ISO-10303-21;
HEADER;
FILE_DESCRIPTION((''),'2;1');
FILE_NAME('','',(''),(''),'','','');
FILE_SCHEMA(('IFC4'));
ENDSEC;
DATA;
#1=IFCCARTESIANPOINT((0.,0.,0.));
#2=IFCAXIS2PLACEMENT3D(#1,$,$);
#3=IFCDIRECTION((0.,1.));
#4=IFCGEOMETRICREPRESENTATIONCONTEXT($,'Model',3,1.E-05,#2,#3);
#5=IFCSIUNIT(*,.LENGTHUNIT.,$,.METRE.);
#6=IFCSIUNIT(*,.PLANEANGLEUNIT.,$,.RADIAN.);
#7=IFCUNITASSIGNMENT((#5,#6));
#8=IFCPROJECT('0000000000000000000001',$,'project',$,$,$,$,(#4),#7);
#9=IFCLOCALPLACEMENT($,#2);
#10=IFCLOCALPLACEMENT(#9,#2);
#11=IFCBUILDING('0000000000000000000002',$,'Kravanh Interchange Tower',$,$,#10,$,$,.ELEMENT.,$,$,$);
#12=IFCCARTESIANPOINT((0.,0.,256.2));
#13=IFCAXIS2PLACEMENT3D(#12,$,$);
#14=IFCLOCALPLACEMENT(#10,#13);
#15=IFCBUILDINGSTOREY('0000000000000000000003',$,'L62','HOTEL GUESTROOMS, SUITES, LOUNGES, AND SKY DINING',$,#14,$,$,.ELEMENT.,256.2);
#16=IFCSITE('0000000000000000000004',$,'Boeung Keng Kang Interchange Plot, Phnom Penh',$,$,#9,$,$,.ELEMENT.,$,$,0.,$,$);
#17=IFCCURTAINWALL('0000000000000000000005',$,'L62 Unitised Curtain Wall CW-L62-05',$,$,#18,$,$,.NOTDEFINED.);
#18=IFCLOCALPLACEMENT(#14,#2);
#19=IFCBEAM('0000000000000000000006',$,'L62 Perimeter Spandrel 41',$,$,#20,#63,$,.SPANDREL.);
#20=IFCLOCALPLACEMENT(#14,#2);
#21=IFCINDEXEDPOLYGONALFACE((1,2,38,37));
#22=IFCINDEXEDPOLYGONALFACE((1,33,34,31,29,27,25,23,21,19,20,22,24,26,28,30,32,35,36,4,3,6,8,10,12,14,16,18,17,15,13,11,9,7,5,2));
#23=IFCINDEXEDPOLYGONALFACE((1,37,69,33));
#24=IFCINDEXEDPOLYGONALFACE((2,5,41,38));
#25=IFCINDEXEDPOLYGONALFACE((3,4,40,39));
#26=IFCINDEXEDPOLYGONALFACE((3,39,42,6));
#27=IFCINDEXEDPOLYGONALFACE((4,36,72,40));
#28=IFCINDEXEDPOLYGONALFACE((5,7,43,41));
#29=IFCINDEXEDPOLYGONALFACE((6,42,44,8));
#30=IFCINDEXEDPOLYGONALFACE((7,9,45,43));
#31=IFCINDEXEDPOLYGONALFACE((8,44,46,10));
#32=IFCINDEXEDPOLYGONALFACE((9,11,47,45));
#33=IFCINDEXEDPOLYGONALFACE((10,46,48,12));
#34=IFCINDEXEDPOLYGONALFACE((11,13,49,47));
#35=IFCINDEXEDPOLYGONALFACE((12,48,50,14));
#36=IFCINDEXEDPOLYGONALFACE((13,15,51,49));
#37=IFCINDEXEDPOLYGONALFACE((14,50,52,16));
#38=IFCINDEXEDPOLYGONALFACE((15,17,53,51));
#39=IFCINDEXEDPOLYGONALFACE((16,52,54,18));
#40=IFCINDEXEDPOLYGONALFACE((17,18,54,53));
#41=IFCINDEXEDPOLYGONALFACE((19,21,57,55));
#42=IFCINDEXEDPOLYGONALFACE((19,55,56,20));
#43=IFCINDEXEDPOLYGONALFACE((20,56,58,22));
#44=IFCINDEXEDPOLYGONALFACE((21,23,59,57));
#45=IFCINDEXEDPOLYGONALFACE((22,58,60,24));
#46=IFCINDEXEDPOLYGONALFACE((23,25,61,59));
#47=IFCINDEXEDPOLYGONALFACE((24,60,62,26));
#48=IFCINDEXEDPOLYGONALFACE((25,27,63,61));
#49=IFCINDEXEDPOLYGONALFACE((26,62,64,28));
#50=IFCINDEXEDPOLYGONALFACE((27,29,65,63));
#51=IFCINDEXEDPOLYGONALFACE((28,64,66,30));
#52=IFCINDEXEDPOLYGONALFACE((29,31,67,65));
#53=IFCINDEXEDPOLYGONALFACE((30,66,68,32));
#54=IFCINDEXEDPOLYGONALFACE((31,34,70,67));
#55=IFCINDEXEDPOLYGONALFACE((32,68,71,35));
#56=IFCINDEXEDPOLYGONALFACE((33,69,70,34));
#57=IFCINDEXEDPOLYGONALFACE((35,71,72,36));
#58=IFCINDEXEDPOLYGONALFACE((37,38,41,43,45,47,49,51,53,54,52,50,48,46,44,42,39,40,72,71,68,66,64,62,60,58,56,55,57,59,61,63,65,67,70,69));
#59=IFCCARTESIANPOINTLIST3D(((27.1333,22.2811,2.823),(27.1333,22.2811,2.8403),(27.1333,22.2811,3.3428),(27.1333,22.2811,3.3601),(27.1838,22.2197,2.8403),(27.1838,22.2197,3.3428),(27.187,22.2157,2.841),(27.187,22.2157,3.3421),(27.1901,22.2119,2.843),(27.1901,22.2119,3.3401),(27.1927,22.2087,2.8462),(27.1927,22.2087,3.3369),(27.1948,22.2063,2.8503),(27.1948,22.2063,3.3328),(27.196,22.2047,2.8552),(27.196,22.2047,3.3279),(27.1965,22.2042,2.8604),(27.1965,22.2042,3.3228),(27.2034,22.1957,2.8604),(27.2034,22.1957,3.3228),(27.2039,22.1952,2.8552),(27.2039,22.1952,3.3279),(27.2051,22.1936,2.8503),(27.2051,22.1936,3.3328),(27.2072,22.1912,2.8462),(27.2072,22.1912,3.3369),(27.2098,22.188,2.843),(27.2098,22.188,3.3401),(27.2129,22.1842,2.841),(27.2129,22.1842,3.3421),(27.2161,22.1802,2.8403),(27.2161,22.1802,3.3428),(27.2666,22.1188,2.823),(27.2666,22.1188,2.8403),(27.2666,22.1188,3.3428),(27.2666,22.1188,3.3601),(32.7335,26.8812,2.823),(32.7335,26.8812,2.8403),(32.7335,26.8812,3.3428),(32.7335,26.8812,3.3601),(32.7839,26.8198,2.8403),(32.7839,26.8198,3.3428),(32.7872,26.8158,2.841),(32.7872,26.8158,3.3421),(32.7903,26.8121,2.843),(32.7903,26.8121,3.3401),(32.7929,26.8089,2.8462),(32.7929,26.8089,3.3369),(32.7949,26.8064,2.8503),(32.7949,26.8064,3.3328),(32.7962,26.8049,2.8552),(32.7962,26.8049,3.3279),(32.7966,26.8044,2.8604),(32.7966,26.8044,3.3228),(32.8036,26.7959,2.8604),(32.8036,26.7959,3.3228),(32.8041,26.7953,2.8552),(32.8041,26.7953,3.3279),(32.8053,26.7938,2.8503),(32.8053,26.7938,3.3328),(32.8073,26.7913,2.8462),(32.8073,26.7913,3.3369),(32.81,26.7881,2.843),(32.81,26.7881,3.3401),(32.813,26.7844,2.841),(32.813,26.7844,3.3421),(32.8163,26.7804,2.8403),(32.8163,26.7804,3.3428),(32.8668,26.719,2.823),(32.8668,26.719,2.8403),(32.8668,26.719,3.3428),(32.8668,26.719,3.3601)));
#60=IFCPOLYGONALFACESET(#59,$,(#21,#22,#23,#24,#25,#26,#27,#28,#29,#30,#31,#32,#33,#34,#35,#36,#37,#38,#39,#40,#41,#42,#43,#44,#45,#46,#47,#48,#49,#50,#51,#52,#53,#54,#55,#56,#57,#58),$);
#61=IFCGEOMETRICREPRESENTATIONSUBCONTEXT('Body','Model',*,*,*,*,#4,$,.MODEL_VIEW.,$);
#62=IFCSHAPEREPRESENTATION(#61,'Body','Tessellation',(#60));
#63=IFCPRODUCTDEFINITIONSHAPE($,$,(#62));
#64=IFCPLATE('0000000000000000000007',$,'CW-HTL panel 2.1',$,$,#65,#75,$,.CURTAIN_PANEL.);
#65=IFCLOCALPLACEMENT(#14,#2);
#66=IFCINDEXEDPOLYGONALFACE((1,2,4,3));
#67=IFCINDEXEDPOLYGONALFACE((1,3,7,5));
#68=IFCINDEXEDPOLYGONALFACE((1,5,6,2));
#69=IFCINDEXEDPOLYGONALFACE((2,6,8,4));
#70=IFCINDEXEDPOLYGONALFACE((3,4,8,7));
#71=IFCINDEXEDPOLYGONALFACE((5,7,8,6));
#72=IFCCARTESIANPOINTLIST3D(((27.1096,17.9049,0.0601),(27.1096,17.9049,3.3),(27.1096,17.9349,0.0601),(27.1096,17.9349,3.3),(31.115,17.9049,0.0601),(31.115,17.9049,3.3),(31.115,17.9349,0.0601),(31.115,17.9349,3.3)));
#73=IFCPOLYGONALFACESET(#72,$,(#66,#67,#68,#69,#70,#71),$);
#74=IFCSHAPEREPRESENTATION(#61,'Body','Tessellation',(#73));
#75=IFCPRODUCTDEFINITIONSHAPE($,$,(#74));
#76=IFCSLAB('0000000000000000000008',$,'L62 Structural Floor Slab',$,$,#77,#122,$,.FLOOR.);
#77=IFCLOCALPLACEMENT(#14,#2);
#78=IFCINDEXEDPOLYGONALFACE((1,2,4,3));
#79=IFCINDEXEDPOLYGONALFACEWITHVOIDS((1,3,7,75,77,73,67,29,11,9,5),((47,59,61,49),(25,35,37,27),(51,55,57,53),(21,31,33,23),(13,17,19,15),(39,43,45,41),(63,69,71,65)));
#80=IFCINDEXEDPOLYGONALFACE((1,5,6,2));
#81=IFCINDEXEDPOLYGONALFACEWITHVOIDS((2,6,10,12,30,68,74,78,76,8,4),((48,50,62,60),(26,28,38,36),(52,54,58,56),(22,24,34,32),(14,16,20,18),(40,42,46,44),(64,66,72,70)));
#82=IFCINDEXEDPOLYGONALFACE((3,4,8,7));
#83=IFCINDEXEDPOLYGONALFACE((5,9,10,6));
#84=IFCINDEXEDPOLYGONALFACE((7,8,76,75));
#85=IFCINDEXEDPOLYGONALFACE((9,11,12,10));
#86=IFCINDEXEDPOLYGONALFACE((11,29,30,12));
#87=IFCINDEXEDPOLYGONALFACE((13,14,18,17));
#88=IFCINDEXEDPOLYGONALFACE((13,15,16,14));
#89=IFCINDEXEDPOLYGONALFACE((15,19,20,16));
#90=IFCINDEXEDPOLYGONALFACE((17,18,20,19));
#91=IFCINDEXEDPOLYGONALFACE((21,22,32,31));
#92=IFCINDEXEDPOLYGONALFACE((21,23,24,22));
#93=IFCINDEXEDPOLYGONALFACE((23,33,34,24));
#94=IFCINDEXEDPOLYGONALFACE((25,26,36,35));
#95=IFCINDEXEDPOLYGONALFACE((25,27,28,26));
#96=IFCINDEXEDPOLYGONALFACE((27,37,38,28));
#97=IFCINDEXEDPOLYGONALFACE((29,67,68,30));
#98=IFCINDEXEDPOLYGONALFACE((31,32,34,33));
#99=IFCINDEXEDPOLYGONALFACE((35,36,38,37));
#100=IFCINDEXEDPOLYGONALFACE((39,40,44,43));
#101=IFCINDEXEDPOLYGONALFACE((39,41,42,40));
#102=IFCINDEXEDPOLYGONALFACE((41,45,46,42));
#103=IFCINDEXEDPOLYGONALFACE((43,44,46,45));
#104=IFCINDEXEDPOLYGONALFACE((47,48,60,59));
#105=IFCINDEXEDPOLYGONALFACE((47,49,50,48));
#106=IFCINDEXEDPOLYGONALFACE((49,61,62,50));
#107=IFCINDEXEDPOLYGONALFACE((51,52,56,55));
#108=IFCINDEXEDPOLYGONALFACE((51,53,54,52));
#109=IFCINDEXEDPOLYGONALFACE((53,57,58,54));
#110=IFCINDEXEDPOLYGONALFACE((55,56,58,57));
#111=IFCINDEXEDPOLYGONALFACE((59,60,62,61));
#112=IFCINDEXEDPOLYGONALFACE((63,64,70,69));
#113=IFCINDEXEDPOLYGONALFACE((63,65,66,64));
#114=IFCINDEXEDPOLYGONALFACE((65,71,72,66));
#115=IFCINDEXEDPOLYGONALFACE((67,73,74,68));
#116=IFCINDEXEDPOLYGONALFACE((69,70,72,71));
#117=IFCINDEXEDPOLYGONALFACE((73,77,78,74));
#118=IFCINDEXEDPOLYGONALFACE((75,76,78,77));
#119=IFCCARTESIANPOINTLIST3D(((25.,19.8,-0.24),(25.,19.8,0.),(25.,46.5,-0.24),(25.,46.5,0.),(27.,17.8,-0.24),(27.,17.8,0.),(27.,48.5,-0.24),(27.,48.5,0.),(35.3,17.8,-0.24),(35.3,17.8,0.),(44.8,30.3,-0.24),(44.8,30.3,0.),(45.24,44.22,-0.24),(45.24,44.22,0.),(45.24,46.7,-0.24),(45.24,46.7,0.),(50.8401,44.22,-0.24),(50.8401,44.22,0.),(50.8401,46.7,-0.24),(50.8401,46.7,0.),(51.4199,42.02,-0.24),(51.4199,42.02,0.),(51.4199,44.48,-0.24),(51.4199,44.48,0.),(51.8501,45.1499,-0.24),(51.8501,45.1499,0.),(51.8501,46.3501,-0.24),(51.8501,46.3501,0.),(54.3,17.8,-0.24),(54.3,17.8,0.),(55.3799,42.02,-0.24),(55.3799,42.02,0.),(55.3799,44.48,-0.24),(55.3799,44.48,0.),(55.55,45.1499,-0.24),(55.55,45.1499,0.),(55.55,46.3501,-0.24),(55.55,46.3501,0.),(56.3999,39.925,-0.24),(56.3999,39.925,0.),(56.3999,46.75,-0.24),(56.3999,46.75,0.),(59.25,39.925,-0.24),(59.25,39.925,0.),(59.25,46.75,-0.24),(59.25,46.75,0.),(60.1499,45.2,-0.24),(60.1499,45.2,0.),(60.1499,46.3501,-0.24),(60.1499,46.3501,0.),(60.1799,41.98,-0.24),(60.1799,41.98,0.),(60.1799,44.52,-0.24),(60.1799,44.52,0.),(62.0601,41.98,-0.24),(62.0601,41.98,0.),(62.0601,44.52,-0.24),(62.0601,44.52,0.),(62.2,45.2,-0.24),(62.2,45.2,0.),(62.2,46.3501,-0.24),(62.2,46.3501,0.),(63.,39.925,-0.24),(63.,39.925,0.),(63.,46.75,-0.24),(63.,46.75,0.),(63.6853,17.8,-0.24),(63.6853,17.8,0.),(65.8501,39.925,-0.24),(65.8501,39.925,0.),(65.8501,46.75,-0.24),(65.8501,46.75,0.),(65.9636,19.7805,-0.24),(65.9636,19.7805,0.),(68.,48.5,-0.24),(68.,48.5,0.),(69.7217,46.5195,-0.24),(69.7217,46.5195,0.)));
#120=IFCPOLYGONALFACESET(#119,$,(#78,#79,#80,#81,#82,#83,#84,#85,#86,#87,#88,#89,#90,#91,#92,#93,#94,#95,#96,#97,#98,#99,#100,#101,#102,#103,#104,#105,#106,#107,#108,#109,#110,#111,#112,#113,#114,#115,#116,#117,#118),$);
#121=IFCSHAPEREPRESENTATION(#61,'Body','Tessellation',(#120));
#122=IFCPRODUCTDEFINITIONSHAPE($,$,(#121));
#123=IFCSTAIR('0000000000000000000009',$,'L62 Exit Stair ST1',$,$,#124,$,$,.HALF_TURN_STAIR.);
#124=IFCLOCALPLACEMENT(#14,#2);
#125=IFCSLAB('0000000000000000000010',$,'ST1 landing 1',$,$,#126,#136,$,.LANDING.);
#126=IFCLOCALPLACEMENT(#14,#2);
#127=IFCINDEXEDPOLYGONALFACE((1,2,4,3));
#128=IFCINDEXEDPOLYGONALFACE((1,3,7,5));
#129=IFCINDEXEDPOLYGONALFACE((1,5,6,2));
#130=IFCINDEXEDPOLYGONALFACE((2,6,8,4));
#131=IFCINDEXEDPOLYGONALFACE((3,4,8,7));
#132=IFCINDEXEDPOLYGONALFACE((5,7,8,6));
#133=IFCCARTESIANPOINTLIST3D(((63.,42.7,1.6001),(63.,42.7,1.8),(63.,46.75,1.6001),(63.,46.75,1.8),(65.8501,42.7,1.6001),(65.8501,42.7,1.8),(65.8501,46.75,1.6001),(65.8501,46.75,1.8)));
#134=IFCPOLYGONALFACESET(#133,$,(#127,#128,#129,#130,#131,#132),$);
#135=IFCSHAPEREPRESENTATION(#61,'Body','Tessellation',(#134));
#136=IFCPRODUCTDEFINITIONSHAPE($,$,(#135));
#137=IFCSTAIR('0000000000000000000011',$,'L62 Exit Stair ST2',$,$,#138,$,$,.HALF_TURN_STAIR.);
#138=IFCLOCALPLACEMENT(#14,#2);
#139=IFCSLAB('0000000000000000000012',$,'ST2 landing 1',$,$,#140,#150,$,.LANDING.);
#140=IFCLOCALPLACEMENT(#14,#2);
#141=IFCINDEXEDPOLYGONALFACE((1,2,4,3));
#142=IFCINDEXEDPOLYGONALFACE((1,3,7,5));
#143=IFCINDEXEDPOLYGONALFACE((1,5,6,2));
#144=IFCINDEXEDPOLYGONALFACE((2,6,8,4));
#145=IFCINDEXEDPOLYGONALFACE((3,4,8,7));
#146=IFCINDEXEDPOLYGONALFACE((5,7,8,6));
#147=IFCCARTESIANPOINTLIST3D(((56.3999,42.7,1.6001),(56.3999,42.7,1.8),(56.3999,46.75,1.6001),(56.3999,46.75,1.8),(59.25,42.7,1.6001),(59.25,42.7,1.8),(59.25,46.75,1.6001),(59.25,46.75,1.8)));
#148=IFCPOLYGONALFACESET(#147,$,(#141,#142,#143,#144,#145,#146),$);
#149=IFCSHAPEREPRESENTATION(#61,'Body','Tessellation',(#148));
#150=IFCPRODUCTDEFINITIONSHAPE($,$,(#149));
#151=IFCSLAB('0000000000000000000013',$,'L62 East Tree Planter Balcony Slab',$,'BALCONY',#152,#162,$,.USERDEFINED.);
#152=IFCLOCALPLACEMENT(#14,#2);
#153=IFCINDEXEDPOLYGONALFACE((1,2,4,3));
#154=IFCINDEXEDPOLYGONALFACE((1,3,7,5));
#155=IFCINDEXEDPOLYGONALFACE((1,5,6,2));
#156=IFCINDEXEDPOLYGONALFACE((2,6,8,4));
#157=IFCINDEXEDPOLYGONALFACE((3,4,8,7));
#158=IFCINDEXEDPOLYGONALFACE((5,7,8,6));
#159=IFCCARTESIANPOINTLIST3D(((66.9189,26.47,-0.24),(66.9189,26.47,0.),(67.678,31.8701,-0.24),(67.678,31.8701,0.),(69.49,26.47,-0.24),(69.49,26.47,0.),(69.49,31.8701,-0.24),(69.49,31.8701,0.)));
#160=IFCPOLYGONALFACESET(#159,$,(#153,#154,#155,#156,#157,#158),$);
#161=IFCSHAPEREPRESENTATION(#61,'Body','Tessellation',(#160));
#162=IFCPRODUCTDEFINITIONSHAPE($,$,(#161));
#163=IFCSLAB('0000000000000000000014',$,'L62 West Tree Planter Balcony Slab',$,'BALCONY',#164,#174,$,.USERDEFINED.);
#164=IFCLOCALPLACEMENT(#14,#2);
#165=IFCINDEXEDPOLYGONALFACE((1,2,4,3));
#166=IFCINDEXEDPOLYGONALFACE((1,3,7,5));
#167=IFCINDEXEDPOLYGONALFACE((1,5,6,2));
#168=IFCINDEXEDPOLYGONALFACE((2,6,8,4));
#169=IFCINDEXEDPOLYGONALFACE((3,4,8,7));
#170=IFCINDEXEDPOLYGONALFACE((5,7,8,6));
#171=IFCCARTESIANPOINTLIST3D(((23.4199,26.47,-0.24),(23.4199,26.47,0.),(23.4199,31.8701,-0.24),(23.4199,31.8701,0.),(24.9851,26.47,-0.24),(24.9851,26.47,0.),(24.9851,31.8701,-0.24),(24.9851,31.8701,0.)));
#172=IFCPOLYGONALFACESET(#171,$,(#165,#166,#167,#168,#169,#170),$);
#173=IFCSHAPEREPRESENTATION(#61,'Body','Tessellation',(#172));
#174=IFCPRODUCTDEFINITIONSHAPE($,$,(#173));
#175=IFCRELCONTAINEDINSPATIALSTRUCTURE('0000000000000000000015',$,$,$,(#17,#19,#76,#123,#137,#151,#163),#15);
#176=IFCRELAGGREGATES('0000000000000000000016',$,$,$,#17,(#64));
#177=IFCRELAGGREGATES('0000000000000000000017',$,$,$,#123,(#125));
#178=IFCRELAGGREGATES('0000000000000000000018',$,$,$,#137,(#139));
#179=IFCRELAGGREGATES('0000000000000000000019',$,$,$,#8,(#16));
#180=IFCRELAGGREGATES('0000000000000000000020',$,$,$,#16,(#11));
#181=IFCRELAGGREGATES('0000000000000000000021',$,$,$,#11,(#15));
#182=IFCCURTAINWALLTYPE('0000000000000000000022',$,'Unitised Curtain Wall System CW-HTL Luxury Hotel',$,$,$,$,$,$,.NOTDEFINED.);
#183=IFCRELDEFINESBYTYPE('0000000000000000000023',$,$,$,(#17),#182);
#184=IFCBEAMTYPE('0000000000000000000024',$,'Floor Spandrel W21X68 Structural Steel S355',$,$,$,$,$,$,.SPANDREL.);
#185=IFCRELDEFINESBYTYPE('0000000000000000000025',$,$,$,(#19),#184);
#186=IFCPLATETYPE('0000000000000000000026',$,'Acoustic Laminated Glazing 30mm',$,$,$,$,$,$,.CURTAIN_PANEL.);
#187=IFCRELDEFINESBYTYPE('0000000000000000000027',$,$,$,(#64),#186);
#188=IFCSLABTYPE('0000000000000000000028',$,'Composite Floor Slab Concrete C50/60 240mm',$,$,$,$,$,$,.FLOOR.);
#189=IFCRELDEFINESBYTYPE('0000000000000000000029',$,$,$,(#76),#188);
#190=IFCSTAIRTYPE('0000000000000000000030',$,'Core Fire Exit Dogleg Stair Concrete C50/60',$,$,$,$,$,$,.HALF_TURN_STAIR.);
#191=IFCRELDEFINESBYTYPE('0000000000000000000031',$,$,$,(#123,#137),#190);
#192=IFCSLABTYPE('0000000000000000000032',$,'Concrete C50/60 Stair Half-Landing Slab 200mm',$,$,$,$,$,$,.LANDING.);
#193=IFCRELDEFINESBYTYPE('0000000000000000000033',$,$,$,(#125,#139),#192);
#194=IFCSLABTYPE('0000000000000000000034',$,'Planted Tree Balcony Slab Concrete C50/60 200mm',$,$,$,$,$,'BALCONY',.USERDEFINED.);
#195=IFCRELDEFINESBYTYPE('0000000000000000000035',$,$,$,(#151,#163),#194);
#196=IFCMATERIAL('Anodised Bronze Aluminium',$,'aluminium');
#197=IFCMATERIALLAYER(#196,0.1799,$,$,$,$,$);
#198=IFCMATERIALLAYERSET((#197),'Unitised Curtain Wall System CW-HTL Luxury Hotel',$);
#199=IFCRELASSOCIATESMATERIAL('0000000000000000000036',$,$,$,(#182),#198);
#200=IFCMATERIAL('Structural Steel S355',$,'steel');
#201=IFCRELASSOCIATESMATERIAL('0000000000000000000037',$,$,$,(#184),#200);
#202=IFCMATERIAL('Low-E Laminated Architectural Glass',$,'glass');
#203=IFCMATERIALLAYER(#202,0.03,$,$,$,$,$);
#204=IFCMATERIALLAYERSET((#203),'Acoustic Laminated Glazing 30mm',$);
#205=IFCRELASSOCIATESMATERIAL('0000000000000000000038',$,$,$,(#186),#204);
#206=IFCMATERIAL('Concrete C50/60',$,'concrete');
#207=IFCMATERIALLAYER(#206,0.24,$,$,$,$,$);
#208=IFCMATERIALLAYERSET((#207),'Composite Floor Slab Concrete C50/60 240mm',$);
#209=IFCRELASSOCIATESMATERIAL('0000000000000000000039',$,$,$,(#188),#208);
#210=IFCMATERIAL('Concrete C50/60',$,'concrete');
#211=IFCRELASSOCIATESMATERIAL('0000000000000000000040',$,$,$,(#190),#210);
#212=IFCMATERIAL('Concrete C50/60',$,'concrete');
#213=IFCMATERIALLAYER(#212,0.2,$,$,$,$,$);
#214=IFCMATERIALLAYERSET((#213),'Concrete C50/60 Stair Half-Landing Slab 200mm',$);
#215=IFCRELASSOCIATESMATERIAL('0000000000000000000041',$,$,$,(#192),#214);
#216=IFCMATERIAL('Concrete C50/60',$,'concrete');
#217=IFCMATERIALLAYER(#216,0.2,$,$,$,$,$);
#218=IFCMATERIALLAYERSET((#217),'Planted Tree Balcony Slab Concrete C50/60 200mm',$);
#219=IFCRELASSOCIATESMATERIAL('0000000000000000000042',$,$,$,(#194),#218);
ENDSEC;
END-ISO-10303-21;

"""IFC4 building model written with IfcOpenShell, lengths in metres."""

from ifc_helpers import new_model, si_unit, direction, frame, origin, origin_2d, place, context, subcontext, project, spatial, polyline, rectangle, i_section, outline, extrude, material, layer, layer_set, material_profile, profile_set, type_object, element, aggregate, save


model = new_model("IFC4")

# Units and contexts
model_context = context("Model", 3, precision=1e-05, world=origin(), true_north=direction((0.0, 1.0)))
body_context = subcontext(model_context, "Body", "Model", "MODEL_VIEW")
ifc_project = project(units=[si_unit("LENGTHUNIT", "METRE"), si_unit("PLANEANGLEUNIT", "RADIAN")], contexts=[model_context])

# Site, building, storey
site_placement = place(None, origin())
site = spatial("IfcSite", under=ifc_project, at=site_placement, Name="Boeung Keng Kang Interchange Plot, Phnom Penh", CompositionType="ELEMENT", RefElevation=0.0)
building_placement = place(site_placement, origin())
building = spatial("IfcBuilding", under=site, at=building_placement, Name="Kravanh Interchange Tower", CompositionType="ELEMENT")
storey_placement = place(building_placement, frame((0.0, 0.0, 256.2)))
storey = spatial("IfcBuildingStorey", under=building, at=storey_placement, Name="L62", Description="HOTEL GUESTROOMS, SUITES, LOUNGES, AND SKY DINING", CompositionType="ELEMENT", Elevation=256.2)

# Curtain wall
ifc_material_1 = material(Name="Anodised Bronze Aluminium", Category="aluminium")
ifc_layer_1 = layer(ifc_material_1, 0.1799)
ifc_layer_set_1 = layer_set([ifc_layer_1], Name="Unitised Curtain Wall System CW-HTL Luxury Hotel")
curtain_wall_type = type_object("IfcCurtainWallType", Name="Unitised Curtain Wall System CW-HTL Luxury Hotel", PredefinedType="NOTDEFINED", material=ifc_layer_set_1)
curtain_wall_placement = place(storey_placement, origin())
curtain_wall = element("IfcCurtainWall", 1, at=curtain_wall_placement, inside=storey, type_object=curtain_wall_type, Name="L62 Unitised Curtain Wall CW-L62-05", PredefinedType="NOTDEFINED")

# Beam
ifc_material_2 = material(Name="Structural Steel S355", Category="steel")
ifc_material_profile_1 = material_profile(ifc_material_2, i_section(OverallWidth=0.21, OverallDepth=0.5371, WebThickness=0.011, FlangeThickness=0.0173, FilletRadius=0.02, at=origin_2d()), Name="W21X68")
ifc_profile_set_1 = profile_set([ifc_material_profile_1], Name="Structural Steel S355")
beam_type_1 = type_object("IfcBeamType", Name="Floor Spandrel W21X68 Structural Steel S355", PredefinedType="SPANDREL", material=ifc_profile_set_1)
beam_1_placement = place(storey_placement, frame((27.2, 22.2, 3.0916), z_axis=(0.772725, 0.634741, 0.0), x_axis=(-0.634741, 0.772725, 0.0)))
element("IfcBeam", 2, at=beam_1_placement, inside=storey, type_object=beam_type_1, Name="L62 Perimeter Spandrel 41", PredefinedType="SPANDREL", context=body_context, shape_type="SweptSolid", body=[
    extrude(i_section(OverallWidth=0.21, OverallDepth=0.5371, WebThickness=0.011, FlangeThickness=0.0173, FilletRadius=0.02, at=origin_2d()), origin(), (0.0, 0.0, 1.0), 7.2473),
])

# Plate
ifc_material_3 = material(Name="Low-E Laminated Architectural Glass", Category="glass")
ifc_layer_2 = layer(ifc_material_3, 0.03)
ifc_layer_set_2 = layer_set([ifc_layer_2], Name="Acoustic Laminated Glazing 30mm")
plate_type = type_object("IfcPlateType", Name="Acoustic Laminated Glazing 30mm", PredefinedType="CURTAIN_PANEL", material=ifc_layer_set_2)
plate_placement = place(storey_placement, frame((29.1123, 17.9199, 0.0601), z_axis=(0.0, 0.0, 1.0), x_axis=(-1.0, 0.0, 0.0)))
plate = element("IfcPlate", 3, at=plate_placement, type_object=plate_type, Name="CW-HTL panel 2.1", PredefinedType="CURTAIN_PANEL", context=body_context, shape_type="SweptSolid", body=[
    extrude(rectangle(XDim=4.0054, YDim=0.03, at=origin_2d()), origin(), (0.0, 0.0, 1.0), 3.24),
])
aggregate(curtain_wall, [plate])

# Slab
ifc_material_4 = material(Name="Concrete C50/60", Category="concrete")
ifc_layer_3 = layer(ifc_material_4, 0.24)
ifc_layer_set_3 = layer_set([ifc_layer_3], Name="Composite Floor Slab Concrete C50/60 240mm")
slab_type_1 = type_object("IfcSlabType", Name="Composite Floor Slab Concrete C50/60 240mm", PredefinedType="FLOOR", material=ifc_layer_set_3)
slab_1_placement = place(storey_placement, frame((0.0, 0.0, -0.24)))
element("IfcSlab", 4, at=slab_1_placement, inside=storey, type_object=slab_type_1, Name="L62 Structural Floor Slab", PredefinedType="FLOOR", context=body_context, shape_type="SweptSolid", body=[
    extrude(outline(polyline([(25.0, 19.8), (27.0, 17.8), (35.3, 17.8), (44.8, 30.3), (54.3, 17.8), (63.6853, 17.8), (65.9636, 19.7805), (69.7217, 46.5195), (68.0, 48.5), (27.0, 48.5), (25.0, 46.5), (25.0, 19.8)]), holes=[polyline([(65.8501, 39.925), (65.8501, 46.75), (63.0, 46.75), (63.0, 39.925), (65.8501, 39.925)]), polyline([(59.25, 39.925), (59.25, 46.75), (56.3999, 46.75), (56.3999, 39.925), (59.25, 39.925)]), polyline([(45.24, 44.22), (50.8401, 44.22), (50.8401, 46.7), (45.24, 46.7), (45.24, 44.22)]), polyline([(51.4199, 42.02), (55.3799, 42.02), (55.3799, 44.48), (51.4199, 44.48), (51.4199, 42.02)]), polyline([(60.1799, 41.98), (62.0601, 41.98), (62.0601, 44.52), (60.1799, 44.52), (60.1799, 41.98)]), polyline([(60.1499, 45.2), (62.2, 45.2), (62.2, 46.3501), (60.1499, 46.3501), (60.1499, 45.2)]), polyline([(51.8501, 45.1499), (55.55, 45.1499), (55.55, 46.3501), (51.8501, 46.3501), (51.8501, 45.1499)])]), origin(), (0.0, 0.0, 1.0), 0.24),
])

# Stairs, slabs
ifc_material_5 = material(Name="Concrete C50/60", Category="concrete")
stair_type = type_object("IfcStairType", Name="Core Fire Exit Dogleg Stair Concrete C50/60", PredefinedType="HALF_TURN_STAIR", material=ifc_material_5)
stair_1_placement = place(storey_placement, origin())
stair_1 = element("IfcStair", 5, at=stair_1_placement, inside=storey, type_object=stair_type, Name="L62 Exit Stair ST1", PredefinedType="HALF_TURN_STAIR")
ifc_material_6 = material(Name="Concrete C50/60", Category="concrete")
ifc_layer_4 = layer(ifc_material_6, 0.2)
ifc_layer_set_4 = layer_set([ifc_layer_4], Name="Concrete C50/60 Stair Half-Landing Slab 200mm")
slab_type_2 = type_object("IfcSlabType", Name="Concrete C50/60 Stair Half-Landing Slab 200mm", PredefinedType="LANDING", material=ifc_layer_set_4)
slab_2_placement = place(storey_placement, frame((0.0, 0.0, 1.6001)))
slab_2 = element("IfcSlab", 6, at=slab_2_placement, type_object=slab_type_2, Name="ST1 landing 1", PredefinedType="LANDING", context=body_context, shape_type="SweptSolid", body=[
    extrude(outline(polyline([(65.8501, 42.7), (65.8501, 46.75), (63.0, 46.75), (63.0, 42.7), (65.8501, 42.7)])), origin(), (0.0, 0.0, 1.0), 0.2),
])
aggregate(stair_1, [slab_2])
stair_2_placement = place(storey_placement, origin())
stair_2 = element("IfcStair", 7, at=stair_2_placement, inside=storey, type_object=stair_type, Name="L62 Exit Stair ST2", PredefinedType="HALF_TURN_STAIR")
slab_3_placement = place(storey_placement, frame((0.0, 0.0, 1.6001)))
slab_3 = element("IfcSlab", 8, at=slab_3_placement, type_object=slab_type_2, Name="ST2 landing 1", PredefinedType="LANDING", context=body_context, shape_type="SweptSolid", body=[
    extrude(outline(polyline([(59.25, 42.7), (59.25, 46.75), (56.3999, 46.75), (56.3999, 42.7), (59.25, 42.7)])), origin(), (0.0, 0.0, 1.0), 0.2),
])
aggregate(stair_2, [slab_3])

# Slabs
ifc_material_7 = material(Name="Concrete C50/60", Category="concrete")
ifc_layer_5 = layer(ifc_material_7, 0.2)
ifc_layer_set_5 = layer_set([ifc_layer_5], Name="Planted Tree Balcony Slab Concrete C50/60 200mm")
slab_type_3 = type_object("IfcSlabType", Name="Planted Tree Balcony Slab Concrete C50/60 200mm", ElementType="BALCONY", PredefinedType="USERDEFINED", material=ifc_layer_set_5)
slab_4_placement = place(storey_placement, frame((0.0, 0.0, -0.24)))
element("IfcSlab", 9, at=slab_4_placement, inside=storey, type_object=slab_type_3, Name="L62 East Tree Planter Balcony Slab", ObjectType="BALCONY", PredefinedType="USERDEFINED", context=body_context, shape_type="SweptSolid", body=[
    extrude(outline(polyline([(69.49, 31.8701), (69.49, 26.47), (66.9189, 26.47), (67.678, 31.8701), (69.49, 31.8701)])), origin(), (0.0, 0.0, 1.0), 0.24),
])
slab_5_placement = place(storey_placement, frame((0.0, 0.0, -0.24)))
element("IfcSlab", 10, at=slab_5_placement, inside=storey, type_object=slab_type_3, Name="L62 West Tree Planter Balcony Slab", ObjectType="BALCONY", PredefinedType="USERDEFINED", context=body_context, shape_type="SweptSolid", body=[
    extrude(outline(polyline([(23.4199, 26.47), (23.4199, 31.8701), (24.9851, 31.8701), (24.9851, 26.47), (23.4199, 26.47)])), origin(), (0.0, 0.0, 1.0), 0.24),
])

save(model, "model.ifc")
